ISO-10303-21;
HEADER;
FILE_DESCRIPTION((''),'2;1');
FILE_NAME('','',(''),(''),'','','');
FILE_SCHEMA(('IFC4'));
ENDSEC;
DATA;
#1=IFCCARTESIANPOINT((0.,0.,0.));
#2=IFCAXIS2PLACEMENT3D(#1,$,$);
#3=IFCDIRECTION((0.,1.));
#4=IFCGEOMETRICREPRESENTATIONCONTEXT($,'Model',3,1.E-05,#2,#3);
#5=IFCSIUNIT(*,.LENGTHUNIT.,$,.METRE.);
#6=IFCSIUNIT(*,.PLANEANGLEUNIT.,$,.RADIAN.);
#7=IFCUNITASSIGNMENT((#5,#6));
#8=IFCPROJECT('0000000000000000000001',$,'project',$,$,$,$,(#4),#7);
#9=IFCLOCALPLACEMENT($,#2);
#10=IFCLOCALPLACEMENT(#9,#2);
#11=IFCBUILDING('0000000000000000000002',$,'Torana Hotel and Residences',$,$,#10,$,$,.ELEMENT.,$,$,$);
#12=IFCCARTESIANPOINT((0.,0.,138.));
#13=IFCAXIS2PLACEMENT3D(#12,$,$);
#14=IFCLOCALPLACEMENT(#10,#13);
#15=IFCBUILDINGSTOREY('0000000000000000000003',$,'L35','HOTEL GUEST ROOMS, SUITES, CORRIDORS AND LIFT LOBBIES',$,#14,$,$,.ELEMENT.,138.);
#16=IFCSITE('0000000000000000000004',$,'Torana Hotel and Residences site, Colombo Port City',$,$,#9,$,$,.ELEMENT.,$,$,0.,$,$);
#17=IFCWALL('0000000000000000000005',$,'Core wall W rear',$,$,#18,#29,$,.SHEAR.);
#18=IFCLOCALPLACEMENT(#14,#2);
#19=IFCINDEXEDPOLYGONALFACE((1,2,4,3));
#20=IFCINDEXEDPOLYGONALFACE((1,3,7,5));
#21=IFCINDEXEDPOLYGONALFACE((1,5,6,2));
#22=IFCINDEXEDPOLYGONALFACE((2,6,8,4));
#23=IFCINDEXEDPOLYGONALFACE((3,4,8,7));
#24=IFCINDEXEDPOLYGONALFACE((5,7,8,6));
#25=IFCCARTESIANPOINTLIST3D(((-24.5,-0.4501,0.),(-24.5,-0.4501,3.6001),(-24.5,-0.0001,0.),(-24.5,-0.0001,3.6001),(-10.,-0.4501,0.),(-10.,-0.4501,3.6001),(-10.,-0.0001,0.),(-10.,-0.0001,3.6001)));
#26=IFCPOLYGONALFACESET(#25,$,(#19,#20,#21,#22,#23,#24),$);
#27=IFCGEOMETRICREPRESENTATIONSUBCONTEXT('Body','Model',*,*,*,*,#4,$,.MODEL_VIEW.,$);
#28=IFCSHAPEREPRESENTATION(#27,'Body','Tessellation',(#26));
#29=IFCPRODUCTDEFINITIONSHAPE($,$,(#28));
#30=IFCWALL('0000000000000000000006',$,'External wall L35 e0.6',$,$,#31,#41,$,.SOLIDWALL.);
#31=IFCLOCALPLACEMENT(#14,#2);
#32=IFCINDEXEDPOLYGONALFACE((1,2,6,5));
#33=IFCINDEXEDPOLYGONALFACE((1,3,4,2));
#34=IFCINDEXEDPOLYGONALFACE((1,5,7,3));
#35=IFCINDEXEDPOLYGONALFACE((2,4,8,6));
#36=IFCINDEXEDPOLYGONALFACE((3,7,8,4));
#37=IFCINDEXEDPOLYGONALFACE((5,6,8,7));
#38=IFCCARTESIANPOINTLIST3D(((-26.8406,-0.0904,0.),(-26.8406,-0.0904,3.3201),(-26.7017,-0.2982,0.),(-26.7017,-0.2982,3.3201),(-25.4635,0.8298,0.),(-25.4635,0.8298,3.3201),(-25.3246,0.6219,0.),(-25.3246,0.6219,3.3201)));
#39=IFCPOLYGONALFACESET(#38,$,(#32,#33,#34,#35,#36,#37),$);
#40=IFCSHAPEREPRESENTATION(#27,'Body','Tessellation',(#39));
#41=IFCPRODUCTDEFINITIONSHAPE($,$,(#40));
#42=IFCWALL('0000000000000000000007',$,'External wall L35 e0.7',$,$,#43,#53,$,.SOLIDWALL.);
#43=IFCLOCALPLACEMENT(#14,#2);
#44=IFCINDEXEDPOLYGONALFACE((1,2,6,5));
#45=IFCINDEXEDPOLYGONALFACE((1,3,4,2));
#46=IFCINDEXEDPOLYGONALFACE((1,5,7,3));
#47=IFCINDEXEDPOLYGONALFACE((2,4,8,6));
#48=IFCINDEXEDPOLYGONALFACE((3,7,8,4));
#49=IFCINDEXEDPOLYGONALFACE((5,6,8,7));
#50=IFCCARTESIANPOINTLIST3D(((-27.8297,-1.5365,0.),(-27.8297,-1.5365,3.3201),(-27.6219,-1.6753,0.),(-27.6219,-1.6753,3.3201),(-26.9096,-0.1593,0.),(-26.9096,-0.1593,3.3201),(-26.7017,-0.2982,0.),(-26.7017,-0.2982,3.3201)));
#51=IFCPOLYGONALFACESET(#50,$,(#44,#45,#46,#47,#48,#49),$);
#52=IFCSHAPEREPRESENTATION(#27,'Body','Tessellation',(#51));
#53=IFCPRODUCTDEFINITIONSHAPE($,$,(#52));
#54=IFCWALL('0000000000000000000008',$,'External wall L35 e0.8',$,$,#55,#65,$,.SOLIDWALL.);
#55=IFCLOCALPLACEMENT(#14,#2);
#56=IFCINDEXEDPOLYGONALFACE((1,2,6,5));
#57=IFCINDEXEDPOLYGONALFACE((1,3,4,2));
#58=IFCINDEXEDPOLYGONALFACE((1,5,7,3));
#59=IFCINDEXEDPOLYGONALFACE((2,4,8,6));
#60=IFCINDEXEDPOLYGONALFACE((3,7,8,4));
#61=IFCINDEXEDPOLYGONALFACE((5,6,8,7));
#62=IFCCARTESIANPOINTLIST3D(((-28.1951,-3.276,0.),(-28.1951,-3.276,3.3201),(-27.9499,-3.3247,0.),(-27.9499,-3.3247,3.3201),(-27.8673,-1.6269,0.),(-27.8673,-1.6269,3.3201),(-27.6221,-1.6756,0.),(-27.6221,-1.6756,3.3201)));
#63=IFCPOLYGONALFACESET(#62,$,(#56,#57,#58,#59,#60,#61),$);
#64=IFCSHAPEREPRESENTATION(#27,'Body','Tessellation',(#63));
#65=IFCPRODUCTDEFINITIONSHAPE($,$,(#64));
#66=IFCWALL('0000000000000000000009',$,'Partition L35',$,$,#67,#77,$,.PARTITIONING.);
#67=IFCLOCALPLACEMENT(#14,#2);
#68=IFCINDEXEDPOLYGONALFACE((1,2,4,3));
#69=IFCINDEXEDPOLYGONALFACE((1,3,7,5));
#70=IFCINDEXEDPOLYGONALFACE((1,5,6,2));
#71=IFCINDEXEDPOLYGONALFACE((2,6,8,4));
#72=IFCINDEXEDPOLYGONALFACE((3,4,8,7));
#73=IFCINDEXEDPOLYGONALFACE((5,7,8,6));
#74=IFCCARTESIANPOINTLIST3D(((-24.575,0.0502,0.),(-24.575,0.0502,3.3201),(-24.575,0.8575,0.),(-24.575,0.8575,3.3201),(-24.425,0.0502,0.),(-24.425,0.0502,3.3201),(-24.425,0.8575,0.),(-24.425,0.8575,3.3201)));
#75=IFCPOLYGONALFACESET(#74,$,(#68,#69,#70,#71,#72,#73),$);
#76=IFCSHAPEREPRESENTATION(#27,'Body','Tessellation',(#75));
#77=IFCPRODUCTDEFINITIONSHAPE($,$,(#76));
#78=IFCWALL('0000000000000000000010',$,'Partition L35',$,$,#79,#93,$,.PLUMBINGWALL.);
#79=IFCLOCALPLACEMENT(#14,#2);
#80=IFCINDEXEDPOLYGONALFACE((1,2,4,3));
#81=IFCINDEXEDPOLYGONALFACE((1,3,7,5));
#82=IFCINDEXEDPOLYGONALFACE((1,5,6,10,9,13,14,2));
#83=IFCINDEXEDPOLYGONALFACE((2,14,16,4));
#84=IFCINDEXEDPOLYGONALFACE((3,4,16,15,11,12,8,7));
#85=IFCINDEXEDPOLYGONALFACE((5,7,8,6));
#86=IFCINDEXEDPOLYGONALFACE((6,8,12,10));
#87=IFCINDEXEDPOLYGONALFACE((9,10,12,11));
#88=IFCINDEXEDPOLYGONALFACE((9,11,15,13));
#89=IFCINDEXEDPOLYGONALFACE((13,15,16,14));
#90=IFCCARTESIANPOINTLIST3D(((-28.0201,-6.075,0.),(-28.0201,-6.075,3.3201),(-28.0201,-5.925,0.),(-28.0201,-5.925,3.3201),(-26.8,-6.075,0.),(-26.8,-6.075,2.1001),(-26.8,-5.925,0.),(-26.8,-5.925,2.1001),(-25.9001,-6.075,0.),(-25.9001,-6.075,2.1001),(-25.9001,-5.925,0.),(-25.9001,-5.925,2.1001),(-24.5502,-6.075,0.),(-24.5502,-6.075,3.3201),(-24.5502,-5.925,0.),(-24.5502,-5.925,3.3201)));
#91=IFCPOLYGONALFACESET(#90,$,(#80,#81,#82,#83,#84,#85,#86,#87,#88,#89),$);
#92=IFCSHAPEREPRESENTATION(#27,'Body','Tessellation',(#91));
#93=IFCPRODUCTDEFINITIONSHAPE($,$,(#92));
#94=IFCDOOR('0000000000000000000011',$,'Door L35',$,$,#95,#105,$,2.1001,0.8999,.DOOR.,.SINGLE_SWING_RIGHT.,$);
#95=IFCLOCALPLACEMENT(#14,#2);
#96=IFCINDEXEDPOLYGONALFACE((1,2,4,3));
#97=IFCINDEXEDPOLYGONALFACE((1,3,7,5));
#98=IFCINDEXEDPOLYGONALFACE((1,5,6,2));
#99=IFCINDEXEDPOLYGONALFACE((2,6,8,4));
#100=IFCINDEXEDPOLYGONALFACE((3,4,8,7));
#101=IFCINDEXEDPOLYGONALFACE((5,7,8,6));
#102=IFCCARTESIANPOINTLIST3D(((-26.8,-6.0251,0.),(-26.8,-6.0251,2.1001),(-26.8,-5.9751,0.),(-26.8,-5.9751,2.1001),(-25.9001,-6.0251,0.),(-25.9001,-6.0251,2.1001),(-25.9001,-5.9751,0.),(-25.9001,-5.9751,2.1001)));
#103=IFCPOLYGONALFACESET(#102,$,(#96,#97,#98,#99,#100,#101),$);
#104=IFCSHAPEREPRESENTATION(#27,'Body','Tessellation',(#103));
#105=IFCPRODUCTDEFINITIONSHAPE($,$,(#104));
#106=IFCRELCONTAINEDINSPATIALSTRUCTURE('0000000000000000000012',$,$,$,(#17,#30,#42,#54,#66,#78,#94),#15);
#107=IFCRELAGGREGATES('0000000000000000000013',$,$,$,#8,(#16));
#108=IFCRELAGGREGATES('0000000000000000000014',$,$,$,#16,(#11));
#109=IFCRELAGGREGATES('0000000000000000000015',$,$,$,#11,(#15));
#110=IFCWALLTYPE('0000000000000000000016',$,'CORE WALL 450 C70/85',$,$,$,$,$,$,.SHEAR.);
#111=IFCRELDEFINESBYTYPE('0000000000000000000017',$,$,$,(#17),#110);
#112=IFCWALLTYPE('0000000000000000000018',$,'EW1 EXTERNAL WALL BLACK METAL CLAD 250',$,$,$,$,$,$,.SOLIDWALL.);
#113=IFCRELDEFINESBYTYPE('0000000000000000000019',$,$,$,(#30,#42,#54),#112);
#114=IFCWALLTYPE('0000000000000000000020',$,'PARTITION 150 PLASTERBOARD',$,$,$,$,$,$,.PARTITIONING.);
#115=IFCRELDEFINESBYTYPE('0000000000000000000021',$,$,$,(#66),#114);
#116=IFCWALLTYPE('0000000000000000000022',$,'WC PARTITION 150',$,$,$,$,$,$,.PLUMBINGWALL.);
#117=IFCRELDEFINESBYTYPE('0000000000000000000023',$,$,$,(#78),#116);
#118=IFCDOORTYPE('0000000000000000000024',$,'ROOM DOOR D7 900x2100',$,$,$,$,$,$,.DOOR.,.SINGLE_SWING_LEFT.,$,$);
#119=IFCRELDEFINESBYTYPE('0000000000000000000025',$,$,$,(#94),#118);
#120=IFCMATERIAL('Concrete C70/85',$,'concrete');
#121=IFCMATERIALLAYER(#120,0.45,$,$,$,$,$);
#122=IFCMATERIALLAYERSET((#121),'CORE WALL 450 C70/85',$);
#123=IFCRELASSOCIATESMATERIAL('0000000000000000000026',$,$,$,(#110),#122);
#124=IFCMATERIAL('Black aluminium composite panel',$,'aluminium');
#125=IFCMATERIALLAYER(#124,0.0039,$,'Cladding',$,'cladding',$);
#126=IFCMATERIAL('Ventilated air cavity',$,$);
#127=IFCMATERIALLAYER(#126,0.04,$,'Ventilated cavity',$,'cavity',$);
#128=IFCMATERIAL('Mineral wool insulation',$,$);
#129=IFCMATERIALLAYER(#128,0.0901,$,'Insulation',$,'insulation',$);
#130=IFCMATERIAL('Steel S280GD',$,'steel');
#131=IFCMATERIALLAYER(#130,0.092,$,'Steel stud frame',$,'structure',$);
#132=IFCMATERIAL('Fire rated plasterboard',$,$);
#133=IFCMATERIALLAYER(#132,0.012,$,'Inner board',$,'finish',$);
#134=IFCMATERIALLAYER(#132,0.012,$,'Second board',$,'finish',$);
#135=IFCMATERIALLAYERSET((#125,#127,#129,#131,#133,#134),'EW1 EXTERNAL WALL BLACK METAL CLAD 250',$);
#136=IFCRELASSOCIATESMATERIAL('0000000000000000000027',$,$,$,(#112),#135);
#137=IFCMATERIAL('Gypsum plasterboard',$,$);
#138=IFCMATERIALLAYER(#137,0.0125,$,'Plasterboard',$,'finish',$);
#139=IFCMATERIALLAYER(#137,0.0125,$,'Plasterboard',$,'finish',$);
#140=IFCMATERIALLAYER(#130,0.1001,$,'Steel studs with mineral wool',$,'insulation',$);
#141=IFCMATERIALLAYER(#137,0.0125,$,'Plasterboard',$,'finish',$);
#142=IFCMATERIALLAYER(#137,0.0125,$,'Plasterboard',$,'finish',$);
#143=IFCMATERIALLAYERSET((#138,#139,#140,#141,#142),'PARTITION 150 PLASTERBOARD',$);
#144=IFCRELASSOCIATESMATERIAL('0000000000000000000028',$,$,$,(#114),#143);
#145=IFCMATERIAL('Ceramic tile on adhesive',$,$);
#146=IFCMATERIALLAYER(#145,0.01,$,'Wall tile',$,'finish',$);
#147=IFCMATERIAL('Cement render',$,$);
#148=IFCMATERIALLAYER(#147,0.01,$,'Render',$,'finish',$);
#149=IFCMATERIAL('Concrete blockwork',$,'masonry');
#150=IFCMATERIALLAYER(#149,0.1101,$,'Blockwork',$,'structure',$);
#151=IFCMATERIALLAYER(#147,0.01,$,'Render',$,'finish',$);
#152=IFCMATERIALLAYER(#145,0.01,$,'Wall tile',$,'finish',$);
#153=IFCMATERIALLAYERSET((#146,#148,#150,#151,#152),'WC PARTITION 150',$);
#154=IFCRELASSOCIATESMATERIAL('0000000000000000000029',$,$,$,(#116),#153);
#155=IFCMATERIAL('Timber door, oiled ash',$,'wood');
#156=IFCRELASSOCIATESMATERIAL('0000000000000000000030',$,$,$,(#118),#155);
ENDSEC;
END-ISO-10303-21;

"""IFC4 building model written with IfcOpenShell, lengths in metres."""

from ifc_helpers import new_model, si_unit, direction, frame, frame_2d, origin, place, context, subcontext, project, spatial, rectangle, extrude, material, layer, layer_set, type_object, element, fill, save


model = new_model("IFC4")

# Units and contexts
model_context = context("Model", 3, precision=1e-05, world=origin(), true_north=direction((0.0, 1.0)))
body_context = subcontext(model_context, "Body", "Model", "MODEL_VIEW")
ifc_project = project(units=[si_unit("LENGTHUNIT", "METRE"), si_unit("PLANEANGLEUNIT", "RADIAN")], contexts=[model_context])

# Site, building, storey
site_placement = place(None, origin())
site = spatial("IfcSite", under=ifc_project, at=site_placement, Name="Torana Hotel and Residences site, Colombo Port City", CompositionType="ELEMENT", RefElevation=0.0)
building_placement = place(site_placement, origin())
building = spatial("IfcBuilding", under=site, at=building_placement, Name="Torana Hotel and Residences", CompositionType="ELEMENT")
storey_placement = place(building_placement, frame((0.0, 0.0, 138.0)))
storey = spatial("IfcBuildingStorey", under=building, at=storey_placement, Name="L35", Description="HOTEL GUEST ROOMS, SUITES, CORRIDORS AND LIFT LOBBIES", CompositionType="ELEMENT", Elevation=138.0)

# Walls
ifc_material_1 = material(Name="Concrete C70/85", Category="concrete")
ifc_layer_1 = layer(ifc_material_1, 0.45)
ifc_layer_set_1 = layer_set([ifc_layer_1], Name="CORE WALL 450 C70/85")
wall_type_1 = type_object("IfcWallType", Name="CORE WALL 450 C70/85", PredefinedType="SHEAR", material=ifc_layer_set_1)
wall_1_placement = place(storey_placement, frame((-24.5, -0.2251, 0.0), z_axis=(0.0, 0.0, 1.0), x_axis=(1.0, 0.0, 0.0)))
element("IfcWall", 1, at=wall_1_placement, inside=storey, type_object=wall_type_1, Name="Core wall W rear", PredefinedType="SHEAR", context=body_context, shape_type="SweptSolid", body=[
    extrude(rectangle(XDim=14.5, YDim=0.45, at=frame_2d((7.25, 0.0))), origin(), (0.0, 0.0, 1.0), 3.6001),
])
ifc_material_2 = material(Name="Black aluminium composite panel", Category="aluminium")
ifc_layer_2 = layer(ifc_material_2, 0.0039, Name="Cladding", Category="cladding")
ifc_material_3 = material(Name="Ventilated air cavity")
ifc_layer_3 = layer(ifc_material_3, 0.04, Name="Ventilated cavity", Category="cavity")
ifc_material_4 = material(Name="Mineral wool insulation")
ifc_layer_4 = layer(ifc_material_4, 0.0901, Name="Insulation", Category="insulation")
ifc_material_5 = material(Name="Steel S280GD", Category="steel")
ifc_layer_5 = layer(ifc_material_5, 0.092, Name="Steel stud frame", Category="structure")
ifc_material_6 = material(Name="Fire rated plasterboard")
ifc_layer_6 = layer(ifc_material_6, 0.012, Name="Inner board", Category="finish")
ifc_layer_7 = layer(ifc_material_6, 0.012, Name="Second board", Category="finish")
ifc_layer_set_2 = layer_set([ifc_layer_2, ifc_layer_3, ifc_layer_4, ifc_layer_5, ifc_layer_6, ifc_layer_7], Name="EW1 EXTERNAL WALL BLACK METAL CLAD 250")
wall_type_2 = type_object("IfcWallType", Name="EW1 EXTERNAL WALL BLACK METAL CLAD 250", PredefinedType="SOLIDWALL", material=ifc_layer_set_2)
for number, where, z_axis, x_axis, name in (
    (2, (-25.394, 0.7258, 0.0), (0.0, 0.0, 1.0), (-0.831483, -0.55555, 0.0), "External wall L35 e0.6"),
    (3, (-26.8057, -0.2288, 0.0), (0.0, 0.0, 1.0), (-0.55555, -0.831483, 0.0), "External wall L35 e0.7"),
):
    element("IfcWall", number, at=place(storey_placement, frame(where, z_axis=z_axis, x_axis=x_axis)), inside=storey, type_object=wall_type_2, Name=name, PredefinedType="SOLIDWALL", context=body_context, shape_type="SweptSolid", body=[
        extrude(rectangle(XDim=1.6562, YDim=0.25, at=frame_2d((0.8281, 0.0))), origin(), (0.0, 0.0, 1.0), 3.3201),
    ])
wall_2_placement = place(storey_placement, frame((-27.7446, -1.6511, 0.0), z_axis=(0.0, 0.0, 1.0), x_axis=(-0.194999, -0.980803, 0.0)))
element("IfcWall", 4, at=wall_2_placement, inside=storey, type_object=wall_type_2, Name="External wall L35 e0.8", PredefinedType="SOLIDWALL", context=body_context, shape_type="SweptSolid", body=[
    extrude(rectangle(XDim=1.6814, YDim=0.25, at=frame_2d((0.8408, 0.0))), origin(), (0.0, 0.0, 1.0), 3.3201),
])

# Wall
ifc_material_7 = material(Name="Gypsum plasterboard")
ifc_layer_8 = layer(ifc_material_7, 0.0125, Name="Plasterboard", Category="finish")
ifc_layer_9 = layer(ifc_material_7, 0.0125, Name="Plasterboard", Category="finish")
ifc_layer_10 = layer(ifc_material_5, 0.1001, Name="Steel studs with mineral wool", Category="insulation")
ifc_layer_11 = layer(ifc_material_7, 0.0125, Name="Plasterboard", Category="finish")
ifc_layer_12 = layer(ifc_material_7, 0.0125, Name="Plasterboard", Category="finish")
ifc_layer_set_3 = layer_set([ifc_layer_8, ifc_layer_9, ifc_layer_10, ifc_layer_11, ifc_layer_12], Name="PARTITION 150 PLASTERBOARD")
wall_type_3 = type_object("IfcWallType", Name="PARTITION 150 PLASTERBOARD", PredefinedType="PARTITIONING", material=ifc_layer_set_3)
wall_3_placement = place(storey_placement, frame((-24.5, 0.05, 0.0), z_axis=(0.0, 0.0, 1.0), x_axis=(0.0, 1.0, 0.0)))
element("IfcWall", 5, at=wall_3_placement, inside=storey, type_object=wall_type_3, Name="Partition L35", PredefinedType="PARTITIONING", context=body_context, shape_type="SweptSolid", body=[
    extrude(rectangle(XDim=0.8074, YDim=0.1499, at=frame_2d((0.4038, 0.0))), origin(), (0.0, 0.0, 1.0), 3.3201),
])

# Wall, opening, door
ifc_material_8 = material(Name="Ceramic tile on adhesive")
ifc_layer_13 = layer(ifc_material_8, 0.01, Name="Wall tile", Category="finish")
ifc_material_9 = material(Name="Cement render")
ifc_layer_14 = layer(ifc_material_9, 0.01, Name="Render", Category="finish")
ifc_material_10 = material(Name="Concrete blockwork", Category="masonry")
ifc_layer_15 = layer(ifc_material_10, 0.1101, Name="Blockwork", Category="structure")
ifc_layer_16 = layer(ifc_material_9, 0.01, Name="Render", Category="finish")
ifc_layer_17 = layer(ifc_material_8, 0.01, Name="Wall tile", Category="finish")
ifc_layer_set_4 = layer_set([ifc_layer_13, ifc_layer_14, ifc_layer_15, ifc_layer_16, ifc_layer_17], Name="WC PARTITION 150")
wall_type_4 = type_object("IfcWallType", Name="WC PARTITION 150", PredefinedType="PLUMBINGWALL", material=ifc_layer_set_4)
wall_4_placement = place(storey_placement, frame((-28.02, -6.0, 0.0), z_axis=(0.0, 0.0, 1.0), x_axis=(1.0, 0.0, 0.0)))
wall_4 = element("IfcWall", 6, at=wall_4_placement, inside=storey, type_object=wall_type_4, Name="Partition L35", PredefinedType="PLUMBINGWALL", context=body_context, shape_type="SweptSolid", body=[
    extrude(rectangle(XDim=3.47, YDim=0.1499, at=frame_2d((1.7349, 0.0))), origin(), (0.0, 0.0, 1.0), 3.3201),
])
opening_1_placement = place(wall_4_placement, frame((1.22, 0.0, 0.0)))
opening_1 = element("IfcOpeningElement", 7, at=opening_1_placement, cuts=wall_4, PredefinedType="OPENING", context=body_context, shape_type="SweptSolid", body=[
    extrude(rectangle(XDim=0.8999, YDim=2.1001, at=frame_2d((0.45, 1.05))), frame((0.0, 0.085, 0.0), z_axis=(0.0, -1.0, 0.0), x_axis=(1.0, 0.0, 0.0)), (0.0, 0.0, 1.0), 0.1699),
])
ifc_material_11 = material(Name="Timber door, oiled ash", Category="wood")
door_type_1 = type_object("IfcDoorType", Name="ROOM DOOR D7 900x2100", OperationType="SINGLE_SWING_LEFT", PredefinedType="DOOR", material=ifc_material_11)
door_1_placement = place(opening_1_placement, origin())
door_1 = element("IfcDoor", 8, at=door_1_placement, inside=storey, type_object=door_type_1, Name="Door L35", OperationType="SINGLE_SWING_RIGHT", OverallHeight=2.1001, OverallWidth=0.8999, PredefinedType="DOOR", context=body_context, shape_type="SweptSolid", body=[
    extrude(rectangle(XDim=0.8999, YDim=2.1001, at=frame_2d((0.45, 1.05))), frame((0.0, 0.0249, 0.0), z_axis=(0.0, -1.0, 0.0), x_axis=(1.0, 0.0, 0.0)), (0.0, 0.0, 1.0), 0.05),
])
fill(opening_1, door_1)

save(model, "model.ifc")
